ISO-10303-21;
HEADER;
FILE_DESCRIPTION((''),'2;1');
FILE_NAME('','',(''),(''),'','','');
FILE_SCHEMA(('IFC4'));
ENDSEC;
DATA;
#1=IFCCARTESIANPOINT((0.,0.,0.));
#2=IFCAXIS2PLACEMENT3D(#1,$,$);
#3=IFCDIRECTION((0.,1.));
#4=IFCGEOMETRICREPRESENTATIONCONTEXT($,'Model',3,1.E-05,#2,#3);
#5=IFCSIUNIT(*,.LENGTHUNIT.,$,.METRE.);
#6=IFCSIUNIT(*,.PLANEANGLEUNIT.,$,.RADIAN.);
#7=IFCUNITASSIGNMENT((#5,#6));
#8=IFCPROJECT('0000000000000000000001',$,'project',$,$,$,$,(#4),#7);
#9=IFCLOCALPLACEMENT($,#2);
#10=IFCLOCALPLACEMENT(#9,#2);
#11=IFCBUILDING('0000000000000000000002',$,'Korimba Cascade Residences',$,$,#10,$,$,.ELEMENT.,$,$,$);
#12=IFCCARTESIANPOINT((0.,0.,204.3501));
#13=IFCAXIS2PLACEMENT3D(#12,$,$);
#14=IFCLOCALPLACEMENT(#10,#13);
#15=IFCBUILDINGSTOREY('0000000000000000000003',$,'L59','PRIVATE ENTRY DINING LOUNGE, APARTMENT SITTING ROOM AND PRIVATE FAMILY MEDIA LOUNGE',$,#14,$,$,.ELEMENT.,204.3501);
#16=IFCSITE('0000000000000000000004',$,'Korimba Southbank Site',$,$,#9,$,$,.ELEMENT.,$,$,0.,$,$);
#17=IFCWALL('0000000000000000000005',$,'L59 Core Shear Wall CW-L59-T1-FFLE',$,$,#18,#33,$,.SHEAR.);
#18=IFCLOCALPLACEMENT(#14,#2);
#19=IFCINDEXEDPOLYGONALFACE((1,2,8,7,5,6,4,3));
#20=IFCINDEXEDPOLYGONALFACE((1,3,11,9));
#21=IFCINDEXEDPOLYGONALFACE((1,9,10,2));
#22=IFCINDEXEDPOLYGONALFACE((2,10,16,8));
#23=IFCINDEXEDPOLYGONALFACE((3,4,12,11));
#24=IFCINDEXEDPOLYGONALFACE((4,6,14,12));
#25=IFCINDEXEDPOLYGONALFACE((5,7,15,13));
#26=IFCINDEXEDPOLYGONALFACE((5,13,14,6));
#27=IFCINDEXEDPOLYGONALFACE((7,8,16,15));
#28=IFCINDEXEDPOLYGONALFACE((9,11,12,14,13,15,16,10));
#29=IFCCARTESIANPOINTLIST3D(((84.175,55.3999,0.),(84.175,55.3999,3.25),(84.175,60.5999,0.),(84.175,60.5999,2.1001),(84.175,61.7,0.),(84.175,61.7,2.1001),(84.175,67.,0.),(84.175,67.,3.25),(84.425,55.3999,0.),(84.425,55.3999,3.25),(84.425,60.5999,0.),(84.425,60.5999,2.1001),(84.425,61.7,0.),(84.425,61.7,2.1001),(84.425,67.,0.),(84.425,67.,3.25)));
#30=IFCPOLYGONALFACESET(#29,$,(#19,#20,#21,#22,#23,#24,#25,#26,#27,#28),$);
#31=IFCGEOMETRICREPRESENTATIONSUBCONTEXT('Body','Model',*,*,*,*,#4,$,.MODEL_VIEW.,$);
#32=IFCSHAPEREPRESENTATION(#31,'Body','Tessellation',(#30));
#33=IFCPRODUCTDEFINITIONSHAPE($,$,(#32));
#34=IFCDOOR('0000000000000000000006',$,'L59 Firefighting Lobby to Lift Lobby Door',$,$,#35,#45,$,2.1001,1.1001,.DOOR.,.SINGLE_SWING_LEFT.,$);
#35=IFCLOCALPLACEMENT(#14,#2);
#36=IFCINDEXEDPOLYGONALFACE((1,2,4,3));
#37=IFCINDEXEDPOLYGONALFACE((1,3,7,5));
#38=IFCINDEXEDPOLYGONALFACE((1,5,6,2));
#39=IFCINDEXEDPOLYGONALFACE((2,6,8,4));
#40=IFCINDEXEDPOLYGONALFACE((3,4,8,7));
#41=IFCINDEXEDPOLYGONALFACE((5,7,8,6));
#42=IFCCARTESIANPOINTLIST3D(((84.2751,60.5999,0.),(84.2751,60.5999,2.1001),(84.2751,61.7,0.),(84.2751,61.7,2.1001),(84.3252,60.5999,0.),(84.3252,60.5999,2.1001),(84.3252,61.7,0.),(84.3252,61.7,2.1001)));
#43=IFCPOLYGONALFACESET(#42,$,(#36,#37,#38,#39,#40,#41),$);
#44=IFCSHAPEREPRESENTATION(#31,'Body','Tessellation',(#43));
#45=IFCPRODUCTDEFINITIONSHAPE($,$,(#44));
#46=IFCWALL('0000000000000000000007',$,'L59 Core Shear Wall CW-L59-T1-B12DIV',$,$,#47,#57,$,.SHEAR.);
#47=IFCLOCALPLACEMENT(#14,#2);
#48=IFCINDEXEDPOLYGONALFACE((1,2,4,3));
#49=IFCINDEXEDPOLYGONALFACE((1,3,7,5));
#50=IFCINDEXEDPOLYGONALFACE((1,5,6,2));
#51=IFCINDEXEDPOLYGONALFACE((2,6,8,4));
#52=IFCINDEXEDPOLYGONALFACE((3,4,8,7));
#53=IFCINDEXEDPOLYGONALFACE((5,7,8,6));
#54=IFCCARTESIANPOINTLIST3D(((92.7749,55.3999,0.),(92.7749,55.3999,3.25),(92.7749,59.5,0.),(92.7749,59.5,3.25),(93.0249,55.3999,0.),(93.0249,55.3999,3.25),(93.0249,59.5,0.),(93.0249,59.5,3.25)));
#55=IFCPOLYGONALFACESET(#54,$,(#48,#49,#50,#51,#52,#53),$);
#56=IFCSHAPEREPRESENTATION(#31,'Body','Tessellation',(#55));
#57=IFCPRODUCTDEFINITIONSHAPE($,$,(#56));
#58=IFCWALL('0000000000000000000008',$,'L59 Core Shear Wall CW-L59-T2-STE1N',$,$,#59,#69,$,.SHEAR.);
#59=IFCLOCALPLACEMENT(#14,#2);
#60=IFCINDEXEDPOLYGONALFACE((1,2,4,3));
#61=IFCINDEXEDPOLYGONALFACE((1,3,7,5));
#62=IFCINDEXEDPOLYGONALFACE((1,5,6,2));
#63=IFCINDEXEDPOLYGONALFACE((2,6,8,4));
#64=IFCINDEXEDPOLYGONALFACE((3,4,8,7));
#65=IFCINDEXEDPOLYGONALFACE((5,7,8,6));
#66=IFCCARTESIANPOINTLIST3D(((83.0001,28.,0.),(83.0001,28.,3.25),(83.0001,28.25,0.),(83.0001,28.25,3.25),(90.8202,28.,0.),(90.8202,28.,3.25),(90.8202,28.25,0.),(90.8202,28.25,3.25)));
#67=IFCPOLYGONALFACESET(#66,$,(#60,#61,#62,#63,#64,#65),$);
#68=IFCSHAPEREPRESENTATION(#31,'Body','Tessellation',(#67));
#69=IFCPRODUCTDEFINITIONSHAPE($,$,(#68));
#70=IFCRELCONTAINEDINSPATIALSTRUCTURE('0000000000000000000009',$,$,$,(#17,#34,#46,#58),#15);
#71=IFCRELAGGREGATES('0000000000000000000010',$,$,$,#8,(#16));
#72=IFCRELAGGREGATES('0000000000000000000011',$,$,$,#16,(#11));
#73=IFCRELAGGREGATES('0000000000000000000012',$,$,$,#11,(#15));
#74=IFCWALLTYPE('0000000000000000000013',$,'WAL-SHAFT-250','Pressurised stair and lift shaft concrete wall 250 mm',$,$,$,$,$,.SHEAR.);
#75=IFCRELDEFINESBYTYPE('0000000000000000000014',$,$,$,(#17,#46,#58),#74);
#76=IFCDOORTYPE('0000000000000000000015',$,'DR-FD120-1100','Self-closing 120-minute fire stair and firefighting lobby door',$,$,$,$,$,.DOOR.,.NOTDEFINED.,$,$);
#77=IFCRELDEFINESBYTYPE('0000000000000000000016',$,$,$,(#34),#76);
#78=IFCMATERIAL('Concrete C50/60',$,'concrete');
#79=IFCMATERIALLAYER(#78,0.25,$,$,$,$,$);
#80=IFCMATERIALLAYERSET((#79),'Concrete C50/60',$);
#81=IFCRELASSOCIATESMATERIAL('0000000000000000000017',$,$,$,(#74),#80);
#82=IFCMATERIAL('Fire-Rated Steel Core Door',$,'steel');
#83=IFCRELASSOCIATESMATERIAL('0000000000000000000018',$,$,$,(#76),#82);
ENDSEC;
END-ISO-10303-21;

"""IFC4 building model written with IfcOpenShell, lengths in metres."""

from ifc_helpers import new_model, si_unit, direction, frame, frame_2d, origin, place, context, subcontext, project, spatial, rectangle, extrude, material, layer, layer_set, type_object, element, fill, save


model = new_model("IFC4")

# Units and contexts
model_context = context("Model", 3, precision=1e-05, world=origin(), true_north=direction((0.0, 1.0)))
body_context = subcontext(model_context, "Body", "Model", "MODEL_VIEW")
ifc_project = project(units=[si_unit("LENGTHUNIT", "METRE"), si_unit("PLANEANGLEUNIT", "RADIAN")], contexts=[model_context])

# Site, building, storey
site_placement = place(None, origin())
site = spatial("IfcSite", under=ifc_project, at=site_placement, Name="Korimba Southbank Site", CompositionType="ELEMENT", RefElevation=0.0)
building_placement = place(site_placement, origin())
building = spatial("IfcBuilding", under=site, at=building_placement, Name="Korimba Cascade Residences", CompositionType="ELEMENT")
storey_placement = place(building_placement, frame((0.0, 0.0, 204.3501)))
storey = spatial("IfcBuildingStorey", under=building, at=storey_placement, Name="L59", Description="PRIVATE ENTRY DINING LOUNGE, APARTMENT SITTING ROOM AND PRIVATE FAMILY MEDIA LOUNGE", CompositionType="ELEMENT", Elevation=204.3501)

# Shared definitions
ifc_material_1 = material(Name="Concrete C50/60", Category="concrete")

# Wall, opening, door
ifc_layer_1 = layer(ifc_material_1, 0.25)
ifc_layer_set_1 = layer_set([ifc_layer_1], Name="Concrete C50/60")
wall_type_1 = type_object("IfcWallType", Name="WAL-SHAFT-250", Description="Pressurised stair and lift shaft concrete wall 250 mm", PredefinedType="SHEAR", material=ifc_layer_set_1)
wall_1_placement = place(storey_placement, frame((84.3, 55.3999, 0.0), z_axis=(0.0, 0.0, 1.0), x_axis=(0.0, 1.0, 0.0)))
wall_1 = element("IfcWall", 1, at=wall_1_placement, inside=storey, type_object=wall_type_1, Name="L59 Core Shear Wall CW-L59-T1-FFLE", PredefinedType="SHEAR", context=body_context, shape_type="SweptSolid", body=[
    extrude(rectangle(XDim=11.6001, YDim=0.25, at=frame_2d((5.8, 0.0))), origin(), (0.0, 0.0, 1.0), 3.25),
])
opening_1_placement = place(wall_1_placement, frame((5.2, 0.0, 0.0)))
opening_1 = element("IfcOpeningElement", 2, at=opening_1_placement, cuts=wall_1, PredefinedType="OPENING", context=body_context, shape_type="SweptSolid", body=[
    extrude(rectangle(XDim=1.1001, YDim=2.1001, at=frame_2d((0.55, 1.05))), frame((0.0, 0.135, 0.0), z_axis=(0.0, -1.0, 0.0), x_axis=(1.0, 0.0, 0.0)), (0.0, 0.0, 1.0), 0.27),
])
ifc_material_2 = material(Name="Fire-Rated Steel Core Door", Category="steel")
door_type_1 = type_object("IfcDoorType", Name="DR-FD120-1100", Description="Self-closing 120-minute fire stair and firefighting lobby door", OperationType="NOTDEFINED", PredefinedType="DOOR", material=ifc_material_2)
door_1_placement = place(opening_1_placement, origin())
door_1 = element("IfcDoor", 3, at=door_1_placement, inside=storey, type_object=door_type_1, Name="L59 Firefighting Lobby to Lift Lobby Door", OperationType="SINGLE_SWING_LEFT", OverallHeight=2.1001, OverallWidth=1.1001, PredefinedType="DOOR", context=body_context, shape_type="SweptSolid", body=[
    extrude(rectangle(XDim=1.1001, YDim=2.1001, at=frame_2d((0.55, 1.05))), frame((0.0, 0.0249, 0.0), z_axis=(0.0, -1.0, 0.0), x_axis=(1.0, 0.0, 0.0)), (0.0, 0.0, 1.0), 0.05),
])
fill(opening_1, door_1)

# Walls
wall_2_placement = place(storey_placement, frame((92.8999, 55.3999, 0.0), z_axis=(0.0, 0.0, 1.0), x_axis=(0.0, 1.0, 0.0)))
element("IfcWall", 4, at=wall_2_placement, inside=storey, type_object=wall_type_1, Name="L59 Core Shear Wall CW-L59-T1-B12DIV", PredefinedType="SHEAR", context=body_context, shape_type="SweptSolid", body=[
    extrude(rectangle(XDim=4.1001, YDim=0.25, at=frame_2d((2.05, 0.0))), origin(), (0.0, 0.0, 1.0), 3.25),
])
wall_3_placement = place(storey_placement, frame((83.0, 28.125, 0.0), z_axis=(0.0, 0.0, 1.0), x_axis=(1.0, 0.0, 0.0)))
element("IfcWall", 5, at=wall_3_placement, inside=storey, type_object=wall_type_1, Name="L59 Core Shear Wall CW-L59-T2-STE1N", PredefinedType="SHEAR", context=body_context, shape_type="SweptSolid", body=[
    extrude(rectangle(XDim=7.8201, YDim=0.25, at=frame_2d((3.9102, 0.0))), origin(), (0.0, 0.0, 1.0), 3.25),
])

save(model, "model.ifc")
